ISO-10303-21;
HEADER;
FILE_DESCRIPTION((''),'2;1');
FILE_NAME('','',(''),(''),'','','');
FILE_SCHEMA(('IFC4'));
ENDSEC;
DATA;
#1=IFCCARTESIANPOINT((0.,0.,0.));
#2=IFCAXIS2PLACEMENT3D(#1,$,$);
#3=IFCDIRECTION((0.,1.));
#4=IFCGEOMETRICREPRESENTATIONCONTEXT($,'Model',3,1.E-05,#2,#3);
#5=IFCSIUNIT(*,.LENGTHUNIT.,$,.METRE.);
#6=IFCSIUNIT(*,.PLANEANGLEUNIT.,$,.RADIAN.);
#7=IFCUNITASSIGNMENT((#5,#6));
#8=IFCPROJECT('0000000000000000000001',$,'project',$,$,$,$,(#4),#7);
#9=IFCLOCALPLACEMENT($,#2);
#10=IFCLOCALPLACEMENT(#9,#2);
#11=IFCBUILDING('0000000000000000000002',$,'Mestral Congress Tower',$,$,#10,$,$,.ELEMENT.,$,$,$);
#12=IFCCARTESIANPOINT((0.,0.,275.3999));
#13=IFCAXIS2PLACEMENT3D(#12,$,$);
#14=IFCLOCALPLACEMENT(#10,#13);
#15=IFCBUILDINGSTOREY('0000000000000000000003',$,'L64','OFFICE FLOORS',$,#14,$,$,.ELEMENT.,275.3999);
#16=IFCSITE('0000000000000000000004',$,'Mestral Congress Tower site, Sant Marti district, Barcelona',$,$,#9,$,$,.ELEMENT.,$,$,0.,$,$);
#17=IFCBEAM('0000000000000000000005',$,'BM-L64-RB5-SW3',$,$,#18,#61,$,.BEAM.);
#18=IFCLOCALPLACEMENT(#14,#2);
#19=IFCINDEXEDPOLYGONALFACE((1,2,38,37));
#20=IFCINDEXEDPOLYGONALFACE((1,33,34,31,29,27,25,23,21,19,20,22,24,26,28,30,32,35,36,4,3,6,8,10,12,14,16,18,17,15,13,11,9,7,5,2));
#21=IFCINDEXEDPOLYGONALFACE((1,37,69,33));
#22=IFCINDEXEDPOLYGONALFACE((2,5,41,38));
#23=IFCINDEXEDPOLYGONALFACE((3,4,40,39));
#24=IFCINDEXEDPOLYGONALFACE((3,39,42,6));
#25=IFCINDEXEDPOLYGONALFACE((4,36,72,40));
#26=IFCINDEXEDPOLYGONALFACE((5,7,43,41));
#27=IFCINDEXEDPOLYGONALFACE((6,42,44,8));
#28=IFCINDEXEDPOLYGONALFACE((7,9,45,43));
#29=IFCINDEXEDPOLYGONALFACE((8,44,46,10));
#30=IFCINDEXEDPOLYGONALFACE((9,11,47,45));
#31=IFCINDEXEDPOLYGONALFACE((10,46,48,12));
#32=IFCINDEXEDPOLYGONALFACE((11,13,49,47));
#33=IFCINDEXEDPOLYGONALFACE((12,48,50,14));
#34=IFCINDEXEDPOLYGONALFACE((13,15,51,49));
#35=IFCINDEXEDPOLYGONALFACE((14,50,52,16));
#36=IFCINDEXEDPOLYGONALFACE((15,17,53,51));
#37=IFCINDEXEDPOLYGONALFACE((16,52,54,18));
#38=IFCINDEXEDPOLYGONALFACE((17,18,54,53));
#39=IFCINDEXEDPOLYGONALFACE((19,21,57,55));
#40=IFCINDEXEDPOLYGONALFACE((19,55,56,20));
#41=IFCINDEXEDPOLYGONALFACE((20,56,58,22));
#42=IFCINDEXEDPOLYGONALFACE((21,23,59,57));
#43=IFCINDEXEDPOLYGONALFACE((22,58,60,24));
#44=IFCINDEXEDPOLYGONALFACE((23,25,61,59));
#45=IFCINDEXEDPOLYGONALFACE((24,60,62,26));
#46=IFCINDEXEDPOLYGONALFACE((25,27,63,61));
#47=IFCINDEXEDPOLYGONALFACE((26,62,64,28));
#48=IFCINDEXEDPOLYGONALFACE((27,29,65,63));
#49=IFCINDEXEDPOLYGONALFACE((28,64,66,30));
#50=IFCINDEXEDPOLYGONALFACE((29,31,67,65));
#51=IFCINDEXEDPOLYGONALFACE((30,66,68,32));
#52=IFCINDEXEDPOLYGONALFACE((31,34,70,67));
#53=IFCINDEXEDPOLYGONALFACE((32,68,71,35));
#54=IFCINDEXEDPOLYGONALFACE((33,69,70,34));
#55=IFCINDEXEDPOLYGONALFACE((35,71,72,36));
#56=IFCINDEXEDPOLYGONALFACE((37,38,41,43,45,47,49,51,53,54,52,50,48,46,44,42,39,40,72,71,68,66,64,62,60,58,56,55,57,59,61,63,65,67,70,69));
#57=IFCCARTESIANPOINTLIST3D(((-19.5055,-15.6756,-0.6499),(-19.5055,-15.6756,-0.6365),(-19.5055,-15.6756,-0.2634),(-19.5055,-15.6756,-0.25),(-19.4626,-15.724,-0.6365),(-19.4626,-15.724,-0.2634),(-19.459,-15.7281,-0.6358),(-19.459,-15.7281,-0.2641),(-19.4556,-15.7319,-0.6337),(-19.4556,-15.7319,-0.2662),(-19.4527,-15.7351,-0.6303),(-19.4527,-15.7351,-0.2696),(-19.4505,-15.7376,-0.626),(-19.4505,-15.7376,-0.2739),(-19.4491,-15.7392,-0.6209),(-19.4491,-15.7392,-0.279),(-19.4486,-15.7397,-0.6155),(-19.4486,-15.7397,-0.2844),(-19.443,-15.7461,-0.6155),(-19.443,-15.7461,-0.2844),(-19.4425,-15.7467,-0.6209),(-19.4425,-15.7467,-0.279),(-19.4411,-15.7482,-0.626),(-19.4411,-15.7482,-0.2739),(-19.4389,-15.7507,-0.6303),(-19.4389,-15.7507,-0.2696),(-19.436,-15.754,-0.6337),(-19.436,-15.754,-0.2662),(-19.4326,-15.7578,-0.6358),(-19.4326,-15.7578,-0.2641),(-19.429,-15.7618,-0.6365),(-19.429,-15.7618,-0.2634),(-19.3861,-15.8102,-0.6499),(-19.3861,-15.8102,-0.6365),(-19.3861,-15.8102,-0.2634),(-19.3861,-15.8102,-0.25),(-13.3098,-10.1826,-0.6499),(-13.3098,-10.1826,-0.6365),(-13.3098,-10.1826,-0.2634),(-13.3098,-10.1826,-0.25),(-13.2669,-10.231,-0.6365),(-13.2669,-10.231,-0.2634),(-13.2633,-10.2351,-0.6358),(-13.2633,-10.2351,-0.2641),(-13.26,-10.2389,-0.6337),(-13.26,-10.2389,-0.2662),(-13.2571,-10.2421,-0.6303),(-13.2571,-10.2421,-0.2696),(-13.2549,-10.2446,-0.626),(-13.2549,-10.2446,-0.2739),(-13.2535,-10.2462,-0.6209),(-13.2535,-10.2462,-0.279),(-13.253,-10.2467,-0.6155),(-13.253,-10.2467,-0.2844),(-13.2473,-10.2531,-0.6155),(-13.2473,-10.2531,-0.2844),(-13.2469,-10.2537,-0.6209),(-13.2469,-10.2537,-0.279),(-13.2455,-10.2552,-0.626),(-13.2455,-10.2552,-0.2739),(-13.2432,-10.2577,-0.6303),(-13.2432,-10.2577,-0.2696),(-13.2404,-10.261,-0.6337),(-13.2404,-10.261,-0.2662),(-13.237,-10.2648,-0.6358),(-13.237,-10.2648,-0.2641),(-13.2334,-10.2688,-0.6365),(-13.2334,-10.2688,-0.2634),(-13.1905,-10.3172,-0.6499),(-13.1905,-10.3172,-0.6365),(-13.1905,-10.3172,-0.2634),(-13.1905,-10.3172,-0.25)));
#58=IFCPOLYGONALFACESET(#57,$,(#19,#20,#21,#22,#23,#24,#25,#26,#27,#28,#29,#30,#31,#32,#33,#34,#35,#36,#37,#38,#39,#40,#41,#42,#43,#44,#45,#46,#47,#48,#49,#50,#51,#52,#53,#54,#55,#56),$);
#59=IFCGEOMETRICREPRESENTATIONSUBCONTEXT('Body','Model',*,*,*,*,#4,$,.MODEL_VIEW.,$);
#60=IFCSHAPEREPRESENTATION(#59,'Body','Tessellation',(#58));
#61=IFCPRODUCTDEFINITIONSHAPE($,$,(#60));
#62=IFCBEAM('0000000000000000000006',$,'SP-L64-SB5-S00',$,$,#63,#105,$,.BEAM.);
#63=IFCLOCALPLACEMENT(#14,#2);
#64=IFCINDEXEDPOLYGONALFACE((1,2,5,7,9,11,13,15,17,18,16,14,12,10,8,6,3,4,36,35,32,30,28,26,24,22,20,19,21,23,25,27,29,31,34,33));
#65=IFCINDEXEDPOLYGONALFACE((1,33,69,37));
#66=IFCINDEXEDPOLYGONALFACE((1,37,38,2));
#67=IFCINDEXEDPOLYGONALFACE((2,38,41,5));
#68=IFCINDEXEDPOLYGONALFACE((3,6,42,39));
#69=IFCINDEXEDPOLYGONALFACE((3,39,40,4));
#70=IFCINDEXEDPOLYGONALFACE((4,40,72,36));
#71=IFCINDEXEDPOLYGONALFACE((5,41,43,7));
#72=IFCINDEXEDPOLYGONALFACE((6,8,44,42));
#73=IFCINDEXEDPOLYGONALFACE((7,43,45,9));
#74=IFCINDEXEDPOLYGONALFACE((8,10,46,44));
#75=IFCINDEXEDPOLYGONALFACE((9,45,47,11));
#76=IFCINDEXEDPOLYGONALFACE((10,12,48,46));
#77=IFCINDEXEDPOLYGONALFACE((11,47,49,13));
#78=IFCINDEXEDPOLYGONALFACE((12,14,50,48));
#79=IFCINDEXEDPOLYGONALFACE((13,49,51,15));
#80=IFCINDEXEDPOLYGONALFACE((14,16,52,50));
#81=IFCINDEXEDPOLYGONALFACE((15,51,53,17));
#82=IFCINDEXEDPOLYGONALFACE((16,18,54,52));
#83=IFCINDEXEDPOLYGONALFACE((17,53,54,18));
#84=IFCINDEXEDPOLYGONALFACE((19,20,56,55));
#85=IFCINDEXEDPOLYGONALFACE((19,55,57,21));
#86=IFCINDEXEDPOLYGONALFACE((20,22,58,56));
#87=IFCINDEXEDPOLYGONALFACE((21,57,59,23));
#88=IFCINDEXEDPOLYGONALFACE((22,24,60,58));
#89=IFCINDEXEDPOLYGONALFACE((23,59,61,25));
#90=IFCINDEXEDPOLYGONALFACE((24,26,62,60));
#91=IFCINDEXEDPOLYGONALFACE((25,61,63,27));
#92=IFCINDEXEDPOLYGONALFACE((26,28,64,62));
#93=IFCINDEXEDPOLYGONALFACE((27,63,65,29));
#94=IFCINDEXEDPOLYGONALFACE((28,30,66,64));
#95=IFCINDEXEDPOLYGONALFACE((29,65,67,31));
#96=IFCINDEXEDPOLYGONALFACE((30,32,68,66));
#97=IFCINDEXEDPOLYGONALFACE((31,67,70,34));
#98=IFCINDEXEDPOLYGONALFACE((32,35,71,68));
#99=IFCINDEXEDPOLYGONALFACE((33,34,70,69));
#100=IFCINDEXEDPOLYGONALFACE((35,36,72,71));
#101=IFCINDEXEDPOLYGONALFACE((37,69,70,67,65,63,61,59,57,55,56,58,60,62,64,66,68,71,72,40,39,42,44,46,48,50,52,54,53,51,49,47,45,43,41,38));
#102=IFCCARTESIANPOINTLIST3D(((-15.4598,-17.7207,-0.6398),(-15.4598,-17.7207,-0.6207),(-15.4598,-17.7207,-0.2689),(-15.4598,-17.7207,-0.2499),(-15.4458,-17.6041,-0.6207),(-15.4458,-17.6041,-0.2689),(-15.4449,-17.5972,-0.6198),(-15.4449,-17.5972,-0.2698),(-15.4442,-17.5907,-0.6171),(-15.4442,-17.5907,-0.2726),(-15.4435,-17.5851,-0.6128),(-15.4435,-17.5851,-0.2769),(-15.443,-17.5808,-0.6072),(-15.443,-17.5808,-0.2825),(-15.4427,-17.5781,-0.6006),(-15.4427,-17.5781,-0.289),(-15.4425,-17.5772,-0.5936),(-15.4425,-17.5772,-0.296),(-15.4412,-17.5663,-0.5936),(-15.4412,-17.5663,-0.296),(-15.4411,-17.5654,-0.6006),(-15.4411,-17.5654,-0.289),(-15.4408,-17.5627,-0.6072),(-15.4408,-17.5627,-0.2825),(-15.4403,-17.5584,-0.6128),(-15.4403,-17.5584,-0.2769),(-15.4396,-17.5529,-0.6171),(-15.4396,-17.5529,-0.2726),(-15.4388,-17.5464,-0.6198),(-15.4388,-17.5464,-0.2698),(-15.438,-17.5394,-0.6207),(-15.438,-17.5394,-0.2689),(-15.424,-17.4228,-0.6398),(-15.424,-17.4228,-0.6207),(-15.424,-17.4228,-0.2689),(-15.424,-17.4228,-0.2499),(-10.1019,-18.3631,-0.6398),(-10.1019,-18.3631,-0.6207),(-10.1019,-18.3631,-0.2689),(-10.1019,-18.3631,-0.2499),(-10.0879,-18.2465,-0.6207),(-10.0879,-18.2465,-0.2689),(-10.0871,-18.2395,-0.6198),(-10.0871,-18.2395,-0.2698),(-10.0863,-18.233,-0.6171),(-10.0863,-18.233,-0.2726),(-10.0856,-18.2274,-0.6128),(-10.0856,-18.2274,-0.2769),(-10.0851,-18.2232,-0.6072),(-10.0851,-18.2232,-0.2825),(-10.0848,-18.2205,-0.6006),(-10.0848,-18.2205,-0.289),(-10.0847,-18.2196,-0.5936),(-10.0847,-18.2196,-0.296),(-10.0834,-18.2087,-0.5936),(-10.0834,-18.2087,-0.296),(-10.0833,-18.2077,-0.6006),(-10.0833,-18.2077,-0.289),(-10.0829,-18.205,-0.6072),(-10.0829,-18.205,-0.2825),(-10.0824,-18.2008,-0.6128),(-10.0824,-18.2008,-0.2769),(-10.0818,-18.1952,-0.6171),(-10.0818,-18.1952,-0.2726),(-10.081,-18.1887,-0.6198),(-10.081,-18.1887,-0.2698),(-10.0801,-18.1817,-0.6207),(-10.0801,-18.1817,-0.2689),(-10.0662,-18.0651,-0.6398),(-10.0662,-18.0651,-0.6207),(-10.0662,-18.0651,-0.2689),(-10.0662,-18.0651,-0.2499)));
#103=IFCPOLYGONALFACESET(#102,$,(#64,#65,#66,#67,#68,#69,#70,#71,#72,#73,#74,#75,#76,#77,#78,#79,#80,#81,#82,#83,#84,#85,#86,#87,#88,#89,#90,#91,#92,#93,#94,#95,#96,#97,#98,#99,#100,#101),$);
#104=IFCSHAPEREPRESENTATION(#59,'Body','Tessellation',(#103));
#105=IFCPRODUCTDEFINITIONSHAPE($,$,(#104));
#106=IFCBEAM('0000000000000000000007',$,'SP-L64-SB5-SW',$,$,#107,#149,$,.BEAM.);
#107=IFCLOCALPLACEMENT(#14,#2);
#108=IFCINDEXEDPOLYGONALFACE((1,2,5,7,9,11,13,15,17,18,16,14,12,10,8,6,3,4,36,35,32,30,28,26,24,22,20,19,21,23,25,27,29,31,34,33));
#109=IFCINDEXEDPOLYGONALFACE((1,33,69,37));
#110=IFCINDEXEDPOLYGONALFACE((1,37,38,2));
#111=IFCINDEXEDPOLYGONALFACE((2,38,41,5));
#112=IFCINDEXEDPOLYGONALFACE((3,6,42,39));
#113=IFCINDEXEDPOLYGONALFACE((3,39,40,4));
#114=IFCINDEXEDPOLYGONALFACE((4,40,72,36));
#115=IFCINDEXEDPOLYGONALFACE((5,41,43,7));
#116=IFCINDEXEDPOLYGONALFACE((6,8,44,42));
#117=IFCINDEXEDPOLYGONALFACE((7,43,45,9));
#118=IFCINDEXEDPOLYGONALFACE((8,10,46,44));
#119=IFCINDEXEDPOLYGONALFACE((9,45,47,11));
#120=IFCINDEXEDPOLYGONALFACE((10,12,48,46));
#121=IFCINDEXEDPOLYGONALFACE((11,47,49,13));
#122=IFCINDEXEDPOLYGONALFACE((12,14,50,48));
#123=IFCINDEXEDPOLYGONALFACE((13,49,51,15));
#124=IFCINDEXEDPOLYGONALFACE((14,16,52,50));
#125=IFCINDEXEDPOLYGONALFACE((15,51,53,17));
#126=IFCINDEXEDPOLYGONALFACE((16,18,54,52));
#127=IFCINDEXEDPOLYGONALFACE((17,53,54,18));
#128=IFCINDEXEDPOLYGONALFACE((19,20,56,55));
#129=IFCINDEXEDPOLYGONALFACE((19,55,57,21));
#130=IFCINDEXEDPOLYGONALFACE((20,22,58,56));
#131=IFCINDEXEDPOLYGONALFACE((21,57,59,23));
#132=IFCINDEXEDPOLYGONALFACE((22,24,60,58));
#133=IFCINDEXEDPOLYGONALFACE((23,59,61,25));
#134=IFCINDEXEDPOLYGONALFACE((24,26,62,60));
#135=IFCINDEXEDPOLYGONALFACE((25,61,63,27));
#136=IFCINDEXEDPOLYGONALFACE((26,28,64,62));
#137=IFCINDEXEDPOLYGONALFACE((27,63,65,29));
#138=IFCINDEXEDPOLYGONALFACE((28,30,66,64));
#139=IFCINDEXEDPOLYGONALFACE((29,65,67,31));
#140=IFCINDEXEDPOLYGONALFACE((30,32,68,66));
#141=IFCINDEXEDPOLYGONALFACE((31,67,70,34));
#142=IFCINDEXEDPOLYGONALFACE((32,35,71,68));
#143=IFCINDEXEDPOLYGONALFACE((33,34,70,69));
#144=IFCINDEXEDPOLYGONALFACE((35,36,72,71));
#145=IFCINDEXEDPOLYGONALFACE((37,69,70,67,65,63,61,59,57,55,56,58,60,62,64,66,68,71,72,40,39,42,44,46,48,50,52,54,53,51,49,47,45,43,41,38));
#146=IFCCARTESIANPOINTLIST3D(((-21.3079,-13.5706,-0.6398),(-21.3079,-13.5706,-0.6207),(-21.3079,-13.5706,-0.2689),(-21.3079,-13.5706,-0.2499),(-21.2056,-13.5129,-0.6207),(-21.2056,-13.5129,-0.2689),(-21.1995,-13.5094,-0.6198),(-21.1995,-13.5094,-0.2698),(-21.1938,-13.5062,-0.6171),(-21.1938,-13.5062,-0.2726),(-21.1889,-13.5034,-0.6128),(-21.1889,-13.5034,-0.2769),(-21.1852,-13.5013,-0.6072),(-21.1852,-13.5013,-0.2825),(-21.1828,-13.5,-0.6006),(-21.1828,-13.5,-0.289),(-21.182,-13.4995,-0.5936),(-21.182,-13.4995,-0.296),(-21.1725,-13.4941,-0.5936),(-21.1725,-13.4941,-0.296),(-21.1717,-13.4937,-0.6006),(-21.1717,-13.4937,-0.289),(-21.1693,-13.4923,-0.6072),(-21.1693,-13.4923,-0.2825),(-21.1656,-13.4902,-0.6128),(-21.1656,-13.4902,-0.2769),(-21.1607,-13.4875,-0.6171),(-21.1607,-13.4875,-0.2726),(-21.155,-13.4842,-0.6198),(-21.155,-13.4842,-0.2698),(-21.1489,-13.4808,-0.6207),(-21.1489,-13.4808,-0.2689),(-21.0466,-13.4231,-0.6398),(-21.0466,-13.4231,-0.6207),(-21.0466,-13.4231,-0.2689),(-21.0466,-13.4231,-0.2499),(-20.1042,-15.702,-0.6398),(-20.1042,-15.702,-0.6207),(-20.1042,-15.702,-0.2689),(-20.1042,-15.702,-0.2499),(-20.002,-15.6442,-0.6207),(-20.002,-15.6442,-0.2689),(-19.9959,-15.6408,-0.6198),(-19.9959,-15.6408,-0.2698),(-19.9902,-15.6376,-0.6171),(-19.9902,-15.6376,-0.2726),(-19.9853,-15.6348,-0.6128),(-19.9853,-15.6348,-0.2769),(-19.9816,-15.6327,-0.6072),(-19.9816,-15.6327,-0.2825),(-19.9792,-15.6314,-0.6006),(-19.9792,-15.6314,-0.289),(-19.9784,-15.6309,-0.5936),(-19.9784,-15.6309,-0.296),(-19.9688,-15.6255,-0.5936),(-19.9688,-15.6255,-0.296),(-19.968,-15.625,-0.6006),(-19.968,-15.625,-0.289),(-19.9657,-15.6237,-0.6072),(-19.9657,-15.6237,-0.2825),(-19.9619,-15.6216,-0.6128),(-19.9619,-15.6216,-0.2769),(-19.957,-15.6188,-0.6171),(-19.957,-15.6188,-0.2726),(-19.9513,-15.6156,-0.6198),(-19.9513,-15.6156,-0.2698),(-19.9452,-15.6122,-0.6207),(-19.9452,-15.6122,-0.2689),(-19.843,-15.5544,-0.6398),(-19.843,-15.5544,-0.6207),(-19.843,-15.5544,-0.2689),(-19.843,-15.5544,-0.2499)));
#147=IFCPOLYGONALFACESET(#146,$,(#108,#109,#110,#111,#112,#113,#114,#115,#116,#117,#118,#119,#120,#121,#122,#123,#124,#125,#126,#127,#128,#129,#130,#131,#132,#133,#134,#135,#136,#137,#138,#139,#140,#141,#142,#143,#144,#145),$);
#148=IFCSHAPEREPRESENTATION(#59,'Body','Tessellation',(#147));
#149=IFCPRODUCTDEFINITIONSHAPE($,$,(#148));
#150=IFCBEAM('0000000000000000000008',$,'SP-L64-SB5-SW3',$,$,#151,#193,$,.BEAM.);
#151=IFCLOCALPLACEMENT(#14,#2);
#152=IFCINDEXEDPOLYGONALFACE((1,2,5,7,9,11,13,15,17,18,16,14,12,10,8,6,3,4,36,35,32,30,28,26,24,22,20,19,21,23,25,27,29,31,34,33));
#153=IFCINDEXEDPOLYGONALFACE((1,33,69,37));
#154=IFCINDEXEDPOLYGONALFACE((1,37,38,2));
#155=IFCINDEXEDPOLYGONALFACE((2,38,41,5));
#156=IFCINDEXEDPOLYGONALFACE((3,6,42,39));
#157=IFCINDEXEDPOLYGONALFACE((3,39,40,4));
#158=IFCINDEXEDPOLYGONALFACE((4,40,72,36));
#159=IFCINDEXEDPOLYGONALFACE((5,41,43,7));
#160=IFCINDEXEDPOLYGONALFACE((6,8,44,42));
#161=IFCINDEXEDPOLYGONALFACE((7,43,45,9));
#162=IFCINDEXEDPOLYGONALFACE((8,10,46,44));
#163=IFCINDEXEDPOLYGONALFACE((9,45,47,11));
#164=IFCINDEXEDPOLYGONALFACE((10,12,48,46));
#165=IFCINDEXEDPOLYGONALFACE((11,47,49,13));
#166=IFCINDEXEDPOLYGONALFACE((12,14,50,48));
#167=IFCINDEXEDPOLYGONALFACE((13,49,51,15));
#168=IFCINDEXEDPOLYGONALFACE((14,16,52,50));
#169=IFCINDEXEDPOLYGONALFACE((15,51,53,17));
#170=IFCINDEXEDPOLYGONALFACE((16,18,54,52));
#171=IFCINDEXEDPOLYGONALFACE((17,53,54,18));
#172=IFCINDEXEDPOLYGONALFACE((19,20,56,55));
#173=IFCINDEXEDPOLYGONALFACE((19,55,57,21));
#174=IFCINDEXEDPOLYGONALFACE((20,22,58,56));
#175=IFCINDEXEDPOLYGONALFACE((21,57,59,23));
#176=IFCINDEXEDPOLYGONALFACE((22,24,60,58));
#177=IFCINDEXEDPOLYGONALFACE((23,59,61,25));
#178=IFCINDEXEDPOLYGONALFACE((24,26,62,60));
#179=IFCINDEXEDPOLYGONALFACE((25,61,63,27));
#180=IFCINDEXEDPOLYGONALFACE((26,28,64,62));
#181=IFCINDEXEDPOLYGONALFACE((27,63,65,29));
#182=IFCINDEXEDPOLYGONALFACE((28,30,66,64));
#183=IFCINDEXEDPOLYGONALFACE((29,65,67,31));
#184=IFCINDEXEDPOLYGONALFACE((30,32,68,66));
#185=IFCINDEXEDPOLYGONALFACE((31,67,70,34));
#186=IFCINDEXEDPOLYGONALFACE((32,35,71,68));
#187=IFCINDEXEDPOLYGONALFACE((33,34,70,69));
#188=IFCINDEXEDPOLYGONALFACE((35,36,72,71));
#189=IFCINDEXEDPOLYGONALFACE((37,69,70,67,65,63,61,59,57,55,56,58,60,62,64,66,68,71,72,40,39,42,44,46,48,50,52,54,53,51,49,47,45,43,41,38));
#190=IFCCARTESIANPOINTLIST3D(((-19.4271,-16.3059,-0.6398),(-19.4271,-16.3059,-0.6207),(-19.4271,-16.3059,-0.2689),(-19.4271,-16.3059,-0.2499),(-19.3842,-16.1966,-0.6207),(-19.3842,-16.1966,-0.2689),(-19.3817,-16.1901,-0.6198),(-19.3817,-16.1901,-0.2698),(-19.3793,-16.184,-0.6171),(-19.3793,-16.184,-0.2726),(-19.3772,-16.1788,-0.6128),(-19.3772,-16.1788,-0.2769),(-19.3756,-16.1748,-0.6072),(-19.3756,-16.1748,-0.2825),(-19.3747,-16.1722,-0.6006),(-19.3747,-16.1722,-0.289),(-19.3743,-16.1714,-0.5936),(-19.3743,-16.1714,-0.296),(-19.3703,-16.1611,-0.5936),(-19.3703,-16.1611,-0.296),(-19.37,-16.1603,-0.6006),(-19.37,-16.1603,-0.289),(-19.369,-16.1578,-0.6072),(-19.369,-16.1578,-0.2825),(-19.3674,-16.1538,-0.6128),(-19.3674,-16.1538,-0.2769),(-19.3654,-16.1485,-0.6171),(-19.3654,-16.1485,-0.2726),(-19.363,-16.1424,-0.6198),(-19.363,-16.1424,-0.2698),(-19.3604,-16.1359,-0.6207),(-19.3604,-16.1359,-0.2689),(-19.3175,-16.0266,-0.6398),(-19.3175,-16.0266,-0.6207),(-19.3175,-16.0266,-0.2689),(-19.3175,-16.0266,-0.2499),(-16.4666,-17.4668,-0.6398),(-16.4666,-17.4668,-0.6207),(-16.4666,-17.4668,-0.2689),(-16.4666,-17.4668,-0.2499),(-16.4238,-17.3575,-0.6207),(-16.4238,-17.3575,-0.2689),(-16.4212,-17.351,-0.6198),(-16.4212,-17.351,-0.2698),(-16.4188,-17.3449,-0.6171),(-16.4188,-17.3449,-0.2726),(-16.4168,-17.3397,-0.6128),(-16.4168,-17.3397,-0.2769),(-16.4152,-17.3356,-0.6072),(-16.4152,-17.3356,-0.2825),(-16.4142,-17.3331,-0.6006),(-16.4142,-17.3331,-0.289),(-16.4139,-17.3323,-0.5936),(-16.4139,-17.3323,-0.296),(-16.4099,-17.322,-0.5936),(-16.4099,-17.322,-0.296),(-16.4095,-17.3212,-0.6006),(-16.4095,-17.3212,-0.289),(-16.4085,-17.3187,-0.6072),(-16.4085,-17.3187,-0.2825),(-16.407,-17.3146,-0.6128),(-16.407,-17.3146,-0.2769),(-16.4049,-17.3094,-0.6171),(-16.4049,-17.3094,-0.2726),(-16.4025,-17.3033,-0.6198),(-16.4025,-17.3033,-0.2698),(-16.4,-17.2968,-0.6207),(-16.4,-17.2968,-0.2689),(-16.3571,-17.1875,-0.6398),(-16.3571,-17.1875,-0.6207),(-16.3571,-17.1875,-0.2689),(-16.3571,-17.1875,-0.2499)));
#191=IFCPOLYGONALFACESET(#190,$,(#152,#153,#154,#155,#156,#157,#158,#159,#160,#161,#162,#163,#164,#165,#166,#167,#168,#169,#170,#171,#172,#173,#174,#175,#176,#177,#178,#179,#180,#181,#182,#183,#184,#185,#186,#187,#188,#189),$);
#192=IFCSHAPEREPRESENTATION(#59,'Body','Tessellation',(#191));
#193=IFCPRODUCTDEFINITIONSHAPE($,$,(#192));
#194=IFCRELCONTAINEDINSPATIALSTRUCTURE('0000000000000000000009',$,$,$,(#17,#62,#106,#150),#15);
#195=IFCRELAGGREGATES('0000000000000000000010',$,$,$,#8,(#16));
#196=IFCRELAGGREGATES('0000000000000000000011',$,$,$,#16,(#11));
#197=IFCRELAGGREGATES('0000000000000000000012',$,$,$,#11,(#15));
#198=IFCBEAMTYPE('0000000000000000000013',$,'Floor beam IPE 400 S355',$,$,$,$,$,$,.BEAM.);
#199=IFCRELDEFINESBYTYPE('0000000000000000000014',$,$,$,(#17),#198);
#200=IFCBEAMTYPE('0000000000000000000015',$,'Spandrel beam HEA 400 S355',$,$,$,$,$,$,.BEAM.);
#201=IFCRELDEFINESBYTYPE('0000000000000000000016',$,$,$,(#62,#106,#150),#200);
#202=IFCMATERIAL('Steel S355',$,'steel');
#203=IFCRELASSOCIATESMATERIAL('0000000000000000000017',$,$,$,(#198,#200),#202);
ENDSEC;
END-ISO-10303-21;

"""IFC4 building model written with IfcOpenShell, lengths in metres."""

from ifc_helpers import new_model, si_unit, direction, frame, origin, origin_2d, place, context, subcontext, project, spatial, i_section, extrude, material, material_profile, profile_set, type_object, element, save


model = new_model("IFC4")

# Units and contexts
model_context = context("Model", 3, precision=1e-05, world=origin(), true_north=direction((0.0, 1.0)))
body_context = subcontext(model_context, "Body", "Model", "MODEL_VIEW")
ifc_project = project(units=[si_unit("LENGTHUNIT", "METRE"), si_unit("PLANEANGLEUNIT", "RADIAN")], contexts=[model_context])

# Site, building, storey
site_placement = place(None, origin())
site = spatial("IfcSite", under=ifc_project, at=site_placement, Name="Mestral Congress Tower site, Sant Marti district, Barcelona", CompositionType="ELEMENT", RefElevation=0.0)
building_placement = place(site_placement, origin())
building = spatial("IfcBuilding", under=site, at=building_placement, Name="Mestral Congress Tower", CompositionType="ELEMENT")
storey_placement = place(building_placement, frame((0.0, 0.0, 275.3999)))
storey = spatial("IfcBuildingStorey", under=building, at=storey_placement, Name="L64", Description="OFFICE FLOORS", CompositionType="ELEMENT", Elevation=275.3999)

# Beams
ifc_material_1 = material(Name="Steel S355", Category="steel")
ifc_material_profile_1 = material_profile(ifc_material_1, i_section(OverallWidth=0.1799, OverallDepth=0.3999, WebThickness=0.0085, FlangeThickness=0.0134, FilletRadius=0.021, at=origin_2d()), Name="IPE 400")
ifc_profile_set_1 = profile_set([ifc_material_profile_1], Name="Steel S355")
beam_type_1 = type_object("IfcBeamType", Name="Floor beam IPE 400 S355", PredefinedType="BEAM", material=ifc_profile_set_1)
beam_1_placement = place(storey_placement, frame((-19.4458, -15.7429, -0.45), z_axis=(0.748263, 0.663402, 0.0), x_axis=(-0.663402, 0.748263, 0.0)))
element("IfcBeam", 1, at=beam_1_placement, inside=storey, type_object=beam_type_1, Name="BM-L64-RB5-SW3", PredefinedType="BEAM", context=body_context, shape_type="SweptSolid", body=[
    extrude(i_section(OverallWidth=0.1799, OverallDepth=0.3999, WebThickness=0.0085, FlangeThickness=0.0134, FilletRadius=0.021, at=origin_2d()), origin(), (0.0, 0.0, 1.0), 8.28),
])
ifc_material_profile_2 = material_profile(ifc_material_1, i_section(OverallWidth=0.3, OverallDepth=0.3899, WebThickness=0.011, FlangeThickness=0.019, FilletRadius=0.0271, at=origin_2d()), Name="HEA 400")
ifc_profile_set_2 = profile_set([ifc_material_profile_2], Name="Steel S355")
beam_type_2 = type_object("IfcBeamType", Name="Spandrel beam HEA 400 S355", PredefinedType="BEAM", material=ifc_profile_set_2)
beam_2_placement = place(storey_placement, frame((-15.4419, -17.5718, -0.4448), z_axis=(0.99289, -0.119033, 0.0), x_axis=(0.119033, 0.99289, 0.0)))
element("IfcBeam", 2, at=beam_2_placement, inside=storey, type_object=beam_type_2, Name="SP-L64-SB5-S00", PredefinedType="BEAM", context=body_context, shape_type="SweptSolid", body=[
    extrude(i_section(OverallWidth=0.3, OverallDepth=0.3899, WebThickness=0.011, FlangeThickness=0.019, FilletRadius=0.0271, at=origin_2d()), origin(), (0.0, 0.0, 1.0), 5.3962),
])
beam_3_placement = place(storey_placement, frame((-21.1772, -13.4968, -0.4448), z_axis=(0.491729, -0.870749, 0.0), x_axis=(0.870749, 0.491729, 0.0)))
element("IfcBeam", 3, at=beam_3_placement, inside=storey, type_object=beam_type_2, Name="SP-L64-SB5-SW", PredefinedType="BEAM", context=body_context, shape_type="SweptSolid", body=[
    extrude(i_section(OverallWidth=0.3, OverallDepth=0.3899, WebThickness=0.011, FlangeThickness=0.019, FilletRadius=0.0271, at=origin_2d()), origin(), (0.0, 0.0, 1.0), 2.4478),
])
beam_4_placement = place(storey_placement, frame((-19.3723, -16.1663, -0.4448), z_axis=(0.930981, -0.365068, 0.0), x_axis=(0.365068, 0.930981, 0.0)))
element("IfcBeam", 4, at=beam_4_placement, inside=storey, type_object=beam_type_2, Name="SP-L64-SB5-SW3", PredefinedType="BEAM", context=body_context, shape_type="SweptSolid", body=[
    extrude(i_section(OverallWidth=0.3, OverallDepth=0.3899, WebThickness=0.011, FlangeThickness=0.019, FilletRadius=0.0271, at=origin_2d()), origin(), (0.0, 0.0, 1.0), 3.1799),
])

save(model, "model.ifc")
